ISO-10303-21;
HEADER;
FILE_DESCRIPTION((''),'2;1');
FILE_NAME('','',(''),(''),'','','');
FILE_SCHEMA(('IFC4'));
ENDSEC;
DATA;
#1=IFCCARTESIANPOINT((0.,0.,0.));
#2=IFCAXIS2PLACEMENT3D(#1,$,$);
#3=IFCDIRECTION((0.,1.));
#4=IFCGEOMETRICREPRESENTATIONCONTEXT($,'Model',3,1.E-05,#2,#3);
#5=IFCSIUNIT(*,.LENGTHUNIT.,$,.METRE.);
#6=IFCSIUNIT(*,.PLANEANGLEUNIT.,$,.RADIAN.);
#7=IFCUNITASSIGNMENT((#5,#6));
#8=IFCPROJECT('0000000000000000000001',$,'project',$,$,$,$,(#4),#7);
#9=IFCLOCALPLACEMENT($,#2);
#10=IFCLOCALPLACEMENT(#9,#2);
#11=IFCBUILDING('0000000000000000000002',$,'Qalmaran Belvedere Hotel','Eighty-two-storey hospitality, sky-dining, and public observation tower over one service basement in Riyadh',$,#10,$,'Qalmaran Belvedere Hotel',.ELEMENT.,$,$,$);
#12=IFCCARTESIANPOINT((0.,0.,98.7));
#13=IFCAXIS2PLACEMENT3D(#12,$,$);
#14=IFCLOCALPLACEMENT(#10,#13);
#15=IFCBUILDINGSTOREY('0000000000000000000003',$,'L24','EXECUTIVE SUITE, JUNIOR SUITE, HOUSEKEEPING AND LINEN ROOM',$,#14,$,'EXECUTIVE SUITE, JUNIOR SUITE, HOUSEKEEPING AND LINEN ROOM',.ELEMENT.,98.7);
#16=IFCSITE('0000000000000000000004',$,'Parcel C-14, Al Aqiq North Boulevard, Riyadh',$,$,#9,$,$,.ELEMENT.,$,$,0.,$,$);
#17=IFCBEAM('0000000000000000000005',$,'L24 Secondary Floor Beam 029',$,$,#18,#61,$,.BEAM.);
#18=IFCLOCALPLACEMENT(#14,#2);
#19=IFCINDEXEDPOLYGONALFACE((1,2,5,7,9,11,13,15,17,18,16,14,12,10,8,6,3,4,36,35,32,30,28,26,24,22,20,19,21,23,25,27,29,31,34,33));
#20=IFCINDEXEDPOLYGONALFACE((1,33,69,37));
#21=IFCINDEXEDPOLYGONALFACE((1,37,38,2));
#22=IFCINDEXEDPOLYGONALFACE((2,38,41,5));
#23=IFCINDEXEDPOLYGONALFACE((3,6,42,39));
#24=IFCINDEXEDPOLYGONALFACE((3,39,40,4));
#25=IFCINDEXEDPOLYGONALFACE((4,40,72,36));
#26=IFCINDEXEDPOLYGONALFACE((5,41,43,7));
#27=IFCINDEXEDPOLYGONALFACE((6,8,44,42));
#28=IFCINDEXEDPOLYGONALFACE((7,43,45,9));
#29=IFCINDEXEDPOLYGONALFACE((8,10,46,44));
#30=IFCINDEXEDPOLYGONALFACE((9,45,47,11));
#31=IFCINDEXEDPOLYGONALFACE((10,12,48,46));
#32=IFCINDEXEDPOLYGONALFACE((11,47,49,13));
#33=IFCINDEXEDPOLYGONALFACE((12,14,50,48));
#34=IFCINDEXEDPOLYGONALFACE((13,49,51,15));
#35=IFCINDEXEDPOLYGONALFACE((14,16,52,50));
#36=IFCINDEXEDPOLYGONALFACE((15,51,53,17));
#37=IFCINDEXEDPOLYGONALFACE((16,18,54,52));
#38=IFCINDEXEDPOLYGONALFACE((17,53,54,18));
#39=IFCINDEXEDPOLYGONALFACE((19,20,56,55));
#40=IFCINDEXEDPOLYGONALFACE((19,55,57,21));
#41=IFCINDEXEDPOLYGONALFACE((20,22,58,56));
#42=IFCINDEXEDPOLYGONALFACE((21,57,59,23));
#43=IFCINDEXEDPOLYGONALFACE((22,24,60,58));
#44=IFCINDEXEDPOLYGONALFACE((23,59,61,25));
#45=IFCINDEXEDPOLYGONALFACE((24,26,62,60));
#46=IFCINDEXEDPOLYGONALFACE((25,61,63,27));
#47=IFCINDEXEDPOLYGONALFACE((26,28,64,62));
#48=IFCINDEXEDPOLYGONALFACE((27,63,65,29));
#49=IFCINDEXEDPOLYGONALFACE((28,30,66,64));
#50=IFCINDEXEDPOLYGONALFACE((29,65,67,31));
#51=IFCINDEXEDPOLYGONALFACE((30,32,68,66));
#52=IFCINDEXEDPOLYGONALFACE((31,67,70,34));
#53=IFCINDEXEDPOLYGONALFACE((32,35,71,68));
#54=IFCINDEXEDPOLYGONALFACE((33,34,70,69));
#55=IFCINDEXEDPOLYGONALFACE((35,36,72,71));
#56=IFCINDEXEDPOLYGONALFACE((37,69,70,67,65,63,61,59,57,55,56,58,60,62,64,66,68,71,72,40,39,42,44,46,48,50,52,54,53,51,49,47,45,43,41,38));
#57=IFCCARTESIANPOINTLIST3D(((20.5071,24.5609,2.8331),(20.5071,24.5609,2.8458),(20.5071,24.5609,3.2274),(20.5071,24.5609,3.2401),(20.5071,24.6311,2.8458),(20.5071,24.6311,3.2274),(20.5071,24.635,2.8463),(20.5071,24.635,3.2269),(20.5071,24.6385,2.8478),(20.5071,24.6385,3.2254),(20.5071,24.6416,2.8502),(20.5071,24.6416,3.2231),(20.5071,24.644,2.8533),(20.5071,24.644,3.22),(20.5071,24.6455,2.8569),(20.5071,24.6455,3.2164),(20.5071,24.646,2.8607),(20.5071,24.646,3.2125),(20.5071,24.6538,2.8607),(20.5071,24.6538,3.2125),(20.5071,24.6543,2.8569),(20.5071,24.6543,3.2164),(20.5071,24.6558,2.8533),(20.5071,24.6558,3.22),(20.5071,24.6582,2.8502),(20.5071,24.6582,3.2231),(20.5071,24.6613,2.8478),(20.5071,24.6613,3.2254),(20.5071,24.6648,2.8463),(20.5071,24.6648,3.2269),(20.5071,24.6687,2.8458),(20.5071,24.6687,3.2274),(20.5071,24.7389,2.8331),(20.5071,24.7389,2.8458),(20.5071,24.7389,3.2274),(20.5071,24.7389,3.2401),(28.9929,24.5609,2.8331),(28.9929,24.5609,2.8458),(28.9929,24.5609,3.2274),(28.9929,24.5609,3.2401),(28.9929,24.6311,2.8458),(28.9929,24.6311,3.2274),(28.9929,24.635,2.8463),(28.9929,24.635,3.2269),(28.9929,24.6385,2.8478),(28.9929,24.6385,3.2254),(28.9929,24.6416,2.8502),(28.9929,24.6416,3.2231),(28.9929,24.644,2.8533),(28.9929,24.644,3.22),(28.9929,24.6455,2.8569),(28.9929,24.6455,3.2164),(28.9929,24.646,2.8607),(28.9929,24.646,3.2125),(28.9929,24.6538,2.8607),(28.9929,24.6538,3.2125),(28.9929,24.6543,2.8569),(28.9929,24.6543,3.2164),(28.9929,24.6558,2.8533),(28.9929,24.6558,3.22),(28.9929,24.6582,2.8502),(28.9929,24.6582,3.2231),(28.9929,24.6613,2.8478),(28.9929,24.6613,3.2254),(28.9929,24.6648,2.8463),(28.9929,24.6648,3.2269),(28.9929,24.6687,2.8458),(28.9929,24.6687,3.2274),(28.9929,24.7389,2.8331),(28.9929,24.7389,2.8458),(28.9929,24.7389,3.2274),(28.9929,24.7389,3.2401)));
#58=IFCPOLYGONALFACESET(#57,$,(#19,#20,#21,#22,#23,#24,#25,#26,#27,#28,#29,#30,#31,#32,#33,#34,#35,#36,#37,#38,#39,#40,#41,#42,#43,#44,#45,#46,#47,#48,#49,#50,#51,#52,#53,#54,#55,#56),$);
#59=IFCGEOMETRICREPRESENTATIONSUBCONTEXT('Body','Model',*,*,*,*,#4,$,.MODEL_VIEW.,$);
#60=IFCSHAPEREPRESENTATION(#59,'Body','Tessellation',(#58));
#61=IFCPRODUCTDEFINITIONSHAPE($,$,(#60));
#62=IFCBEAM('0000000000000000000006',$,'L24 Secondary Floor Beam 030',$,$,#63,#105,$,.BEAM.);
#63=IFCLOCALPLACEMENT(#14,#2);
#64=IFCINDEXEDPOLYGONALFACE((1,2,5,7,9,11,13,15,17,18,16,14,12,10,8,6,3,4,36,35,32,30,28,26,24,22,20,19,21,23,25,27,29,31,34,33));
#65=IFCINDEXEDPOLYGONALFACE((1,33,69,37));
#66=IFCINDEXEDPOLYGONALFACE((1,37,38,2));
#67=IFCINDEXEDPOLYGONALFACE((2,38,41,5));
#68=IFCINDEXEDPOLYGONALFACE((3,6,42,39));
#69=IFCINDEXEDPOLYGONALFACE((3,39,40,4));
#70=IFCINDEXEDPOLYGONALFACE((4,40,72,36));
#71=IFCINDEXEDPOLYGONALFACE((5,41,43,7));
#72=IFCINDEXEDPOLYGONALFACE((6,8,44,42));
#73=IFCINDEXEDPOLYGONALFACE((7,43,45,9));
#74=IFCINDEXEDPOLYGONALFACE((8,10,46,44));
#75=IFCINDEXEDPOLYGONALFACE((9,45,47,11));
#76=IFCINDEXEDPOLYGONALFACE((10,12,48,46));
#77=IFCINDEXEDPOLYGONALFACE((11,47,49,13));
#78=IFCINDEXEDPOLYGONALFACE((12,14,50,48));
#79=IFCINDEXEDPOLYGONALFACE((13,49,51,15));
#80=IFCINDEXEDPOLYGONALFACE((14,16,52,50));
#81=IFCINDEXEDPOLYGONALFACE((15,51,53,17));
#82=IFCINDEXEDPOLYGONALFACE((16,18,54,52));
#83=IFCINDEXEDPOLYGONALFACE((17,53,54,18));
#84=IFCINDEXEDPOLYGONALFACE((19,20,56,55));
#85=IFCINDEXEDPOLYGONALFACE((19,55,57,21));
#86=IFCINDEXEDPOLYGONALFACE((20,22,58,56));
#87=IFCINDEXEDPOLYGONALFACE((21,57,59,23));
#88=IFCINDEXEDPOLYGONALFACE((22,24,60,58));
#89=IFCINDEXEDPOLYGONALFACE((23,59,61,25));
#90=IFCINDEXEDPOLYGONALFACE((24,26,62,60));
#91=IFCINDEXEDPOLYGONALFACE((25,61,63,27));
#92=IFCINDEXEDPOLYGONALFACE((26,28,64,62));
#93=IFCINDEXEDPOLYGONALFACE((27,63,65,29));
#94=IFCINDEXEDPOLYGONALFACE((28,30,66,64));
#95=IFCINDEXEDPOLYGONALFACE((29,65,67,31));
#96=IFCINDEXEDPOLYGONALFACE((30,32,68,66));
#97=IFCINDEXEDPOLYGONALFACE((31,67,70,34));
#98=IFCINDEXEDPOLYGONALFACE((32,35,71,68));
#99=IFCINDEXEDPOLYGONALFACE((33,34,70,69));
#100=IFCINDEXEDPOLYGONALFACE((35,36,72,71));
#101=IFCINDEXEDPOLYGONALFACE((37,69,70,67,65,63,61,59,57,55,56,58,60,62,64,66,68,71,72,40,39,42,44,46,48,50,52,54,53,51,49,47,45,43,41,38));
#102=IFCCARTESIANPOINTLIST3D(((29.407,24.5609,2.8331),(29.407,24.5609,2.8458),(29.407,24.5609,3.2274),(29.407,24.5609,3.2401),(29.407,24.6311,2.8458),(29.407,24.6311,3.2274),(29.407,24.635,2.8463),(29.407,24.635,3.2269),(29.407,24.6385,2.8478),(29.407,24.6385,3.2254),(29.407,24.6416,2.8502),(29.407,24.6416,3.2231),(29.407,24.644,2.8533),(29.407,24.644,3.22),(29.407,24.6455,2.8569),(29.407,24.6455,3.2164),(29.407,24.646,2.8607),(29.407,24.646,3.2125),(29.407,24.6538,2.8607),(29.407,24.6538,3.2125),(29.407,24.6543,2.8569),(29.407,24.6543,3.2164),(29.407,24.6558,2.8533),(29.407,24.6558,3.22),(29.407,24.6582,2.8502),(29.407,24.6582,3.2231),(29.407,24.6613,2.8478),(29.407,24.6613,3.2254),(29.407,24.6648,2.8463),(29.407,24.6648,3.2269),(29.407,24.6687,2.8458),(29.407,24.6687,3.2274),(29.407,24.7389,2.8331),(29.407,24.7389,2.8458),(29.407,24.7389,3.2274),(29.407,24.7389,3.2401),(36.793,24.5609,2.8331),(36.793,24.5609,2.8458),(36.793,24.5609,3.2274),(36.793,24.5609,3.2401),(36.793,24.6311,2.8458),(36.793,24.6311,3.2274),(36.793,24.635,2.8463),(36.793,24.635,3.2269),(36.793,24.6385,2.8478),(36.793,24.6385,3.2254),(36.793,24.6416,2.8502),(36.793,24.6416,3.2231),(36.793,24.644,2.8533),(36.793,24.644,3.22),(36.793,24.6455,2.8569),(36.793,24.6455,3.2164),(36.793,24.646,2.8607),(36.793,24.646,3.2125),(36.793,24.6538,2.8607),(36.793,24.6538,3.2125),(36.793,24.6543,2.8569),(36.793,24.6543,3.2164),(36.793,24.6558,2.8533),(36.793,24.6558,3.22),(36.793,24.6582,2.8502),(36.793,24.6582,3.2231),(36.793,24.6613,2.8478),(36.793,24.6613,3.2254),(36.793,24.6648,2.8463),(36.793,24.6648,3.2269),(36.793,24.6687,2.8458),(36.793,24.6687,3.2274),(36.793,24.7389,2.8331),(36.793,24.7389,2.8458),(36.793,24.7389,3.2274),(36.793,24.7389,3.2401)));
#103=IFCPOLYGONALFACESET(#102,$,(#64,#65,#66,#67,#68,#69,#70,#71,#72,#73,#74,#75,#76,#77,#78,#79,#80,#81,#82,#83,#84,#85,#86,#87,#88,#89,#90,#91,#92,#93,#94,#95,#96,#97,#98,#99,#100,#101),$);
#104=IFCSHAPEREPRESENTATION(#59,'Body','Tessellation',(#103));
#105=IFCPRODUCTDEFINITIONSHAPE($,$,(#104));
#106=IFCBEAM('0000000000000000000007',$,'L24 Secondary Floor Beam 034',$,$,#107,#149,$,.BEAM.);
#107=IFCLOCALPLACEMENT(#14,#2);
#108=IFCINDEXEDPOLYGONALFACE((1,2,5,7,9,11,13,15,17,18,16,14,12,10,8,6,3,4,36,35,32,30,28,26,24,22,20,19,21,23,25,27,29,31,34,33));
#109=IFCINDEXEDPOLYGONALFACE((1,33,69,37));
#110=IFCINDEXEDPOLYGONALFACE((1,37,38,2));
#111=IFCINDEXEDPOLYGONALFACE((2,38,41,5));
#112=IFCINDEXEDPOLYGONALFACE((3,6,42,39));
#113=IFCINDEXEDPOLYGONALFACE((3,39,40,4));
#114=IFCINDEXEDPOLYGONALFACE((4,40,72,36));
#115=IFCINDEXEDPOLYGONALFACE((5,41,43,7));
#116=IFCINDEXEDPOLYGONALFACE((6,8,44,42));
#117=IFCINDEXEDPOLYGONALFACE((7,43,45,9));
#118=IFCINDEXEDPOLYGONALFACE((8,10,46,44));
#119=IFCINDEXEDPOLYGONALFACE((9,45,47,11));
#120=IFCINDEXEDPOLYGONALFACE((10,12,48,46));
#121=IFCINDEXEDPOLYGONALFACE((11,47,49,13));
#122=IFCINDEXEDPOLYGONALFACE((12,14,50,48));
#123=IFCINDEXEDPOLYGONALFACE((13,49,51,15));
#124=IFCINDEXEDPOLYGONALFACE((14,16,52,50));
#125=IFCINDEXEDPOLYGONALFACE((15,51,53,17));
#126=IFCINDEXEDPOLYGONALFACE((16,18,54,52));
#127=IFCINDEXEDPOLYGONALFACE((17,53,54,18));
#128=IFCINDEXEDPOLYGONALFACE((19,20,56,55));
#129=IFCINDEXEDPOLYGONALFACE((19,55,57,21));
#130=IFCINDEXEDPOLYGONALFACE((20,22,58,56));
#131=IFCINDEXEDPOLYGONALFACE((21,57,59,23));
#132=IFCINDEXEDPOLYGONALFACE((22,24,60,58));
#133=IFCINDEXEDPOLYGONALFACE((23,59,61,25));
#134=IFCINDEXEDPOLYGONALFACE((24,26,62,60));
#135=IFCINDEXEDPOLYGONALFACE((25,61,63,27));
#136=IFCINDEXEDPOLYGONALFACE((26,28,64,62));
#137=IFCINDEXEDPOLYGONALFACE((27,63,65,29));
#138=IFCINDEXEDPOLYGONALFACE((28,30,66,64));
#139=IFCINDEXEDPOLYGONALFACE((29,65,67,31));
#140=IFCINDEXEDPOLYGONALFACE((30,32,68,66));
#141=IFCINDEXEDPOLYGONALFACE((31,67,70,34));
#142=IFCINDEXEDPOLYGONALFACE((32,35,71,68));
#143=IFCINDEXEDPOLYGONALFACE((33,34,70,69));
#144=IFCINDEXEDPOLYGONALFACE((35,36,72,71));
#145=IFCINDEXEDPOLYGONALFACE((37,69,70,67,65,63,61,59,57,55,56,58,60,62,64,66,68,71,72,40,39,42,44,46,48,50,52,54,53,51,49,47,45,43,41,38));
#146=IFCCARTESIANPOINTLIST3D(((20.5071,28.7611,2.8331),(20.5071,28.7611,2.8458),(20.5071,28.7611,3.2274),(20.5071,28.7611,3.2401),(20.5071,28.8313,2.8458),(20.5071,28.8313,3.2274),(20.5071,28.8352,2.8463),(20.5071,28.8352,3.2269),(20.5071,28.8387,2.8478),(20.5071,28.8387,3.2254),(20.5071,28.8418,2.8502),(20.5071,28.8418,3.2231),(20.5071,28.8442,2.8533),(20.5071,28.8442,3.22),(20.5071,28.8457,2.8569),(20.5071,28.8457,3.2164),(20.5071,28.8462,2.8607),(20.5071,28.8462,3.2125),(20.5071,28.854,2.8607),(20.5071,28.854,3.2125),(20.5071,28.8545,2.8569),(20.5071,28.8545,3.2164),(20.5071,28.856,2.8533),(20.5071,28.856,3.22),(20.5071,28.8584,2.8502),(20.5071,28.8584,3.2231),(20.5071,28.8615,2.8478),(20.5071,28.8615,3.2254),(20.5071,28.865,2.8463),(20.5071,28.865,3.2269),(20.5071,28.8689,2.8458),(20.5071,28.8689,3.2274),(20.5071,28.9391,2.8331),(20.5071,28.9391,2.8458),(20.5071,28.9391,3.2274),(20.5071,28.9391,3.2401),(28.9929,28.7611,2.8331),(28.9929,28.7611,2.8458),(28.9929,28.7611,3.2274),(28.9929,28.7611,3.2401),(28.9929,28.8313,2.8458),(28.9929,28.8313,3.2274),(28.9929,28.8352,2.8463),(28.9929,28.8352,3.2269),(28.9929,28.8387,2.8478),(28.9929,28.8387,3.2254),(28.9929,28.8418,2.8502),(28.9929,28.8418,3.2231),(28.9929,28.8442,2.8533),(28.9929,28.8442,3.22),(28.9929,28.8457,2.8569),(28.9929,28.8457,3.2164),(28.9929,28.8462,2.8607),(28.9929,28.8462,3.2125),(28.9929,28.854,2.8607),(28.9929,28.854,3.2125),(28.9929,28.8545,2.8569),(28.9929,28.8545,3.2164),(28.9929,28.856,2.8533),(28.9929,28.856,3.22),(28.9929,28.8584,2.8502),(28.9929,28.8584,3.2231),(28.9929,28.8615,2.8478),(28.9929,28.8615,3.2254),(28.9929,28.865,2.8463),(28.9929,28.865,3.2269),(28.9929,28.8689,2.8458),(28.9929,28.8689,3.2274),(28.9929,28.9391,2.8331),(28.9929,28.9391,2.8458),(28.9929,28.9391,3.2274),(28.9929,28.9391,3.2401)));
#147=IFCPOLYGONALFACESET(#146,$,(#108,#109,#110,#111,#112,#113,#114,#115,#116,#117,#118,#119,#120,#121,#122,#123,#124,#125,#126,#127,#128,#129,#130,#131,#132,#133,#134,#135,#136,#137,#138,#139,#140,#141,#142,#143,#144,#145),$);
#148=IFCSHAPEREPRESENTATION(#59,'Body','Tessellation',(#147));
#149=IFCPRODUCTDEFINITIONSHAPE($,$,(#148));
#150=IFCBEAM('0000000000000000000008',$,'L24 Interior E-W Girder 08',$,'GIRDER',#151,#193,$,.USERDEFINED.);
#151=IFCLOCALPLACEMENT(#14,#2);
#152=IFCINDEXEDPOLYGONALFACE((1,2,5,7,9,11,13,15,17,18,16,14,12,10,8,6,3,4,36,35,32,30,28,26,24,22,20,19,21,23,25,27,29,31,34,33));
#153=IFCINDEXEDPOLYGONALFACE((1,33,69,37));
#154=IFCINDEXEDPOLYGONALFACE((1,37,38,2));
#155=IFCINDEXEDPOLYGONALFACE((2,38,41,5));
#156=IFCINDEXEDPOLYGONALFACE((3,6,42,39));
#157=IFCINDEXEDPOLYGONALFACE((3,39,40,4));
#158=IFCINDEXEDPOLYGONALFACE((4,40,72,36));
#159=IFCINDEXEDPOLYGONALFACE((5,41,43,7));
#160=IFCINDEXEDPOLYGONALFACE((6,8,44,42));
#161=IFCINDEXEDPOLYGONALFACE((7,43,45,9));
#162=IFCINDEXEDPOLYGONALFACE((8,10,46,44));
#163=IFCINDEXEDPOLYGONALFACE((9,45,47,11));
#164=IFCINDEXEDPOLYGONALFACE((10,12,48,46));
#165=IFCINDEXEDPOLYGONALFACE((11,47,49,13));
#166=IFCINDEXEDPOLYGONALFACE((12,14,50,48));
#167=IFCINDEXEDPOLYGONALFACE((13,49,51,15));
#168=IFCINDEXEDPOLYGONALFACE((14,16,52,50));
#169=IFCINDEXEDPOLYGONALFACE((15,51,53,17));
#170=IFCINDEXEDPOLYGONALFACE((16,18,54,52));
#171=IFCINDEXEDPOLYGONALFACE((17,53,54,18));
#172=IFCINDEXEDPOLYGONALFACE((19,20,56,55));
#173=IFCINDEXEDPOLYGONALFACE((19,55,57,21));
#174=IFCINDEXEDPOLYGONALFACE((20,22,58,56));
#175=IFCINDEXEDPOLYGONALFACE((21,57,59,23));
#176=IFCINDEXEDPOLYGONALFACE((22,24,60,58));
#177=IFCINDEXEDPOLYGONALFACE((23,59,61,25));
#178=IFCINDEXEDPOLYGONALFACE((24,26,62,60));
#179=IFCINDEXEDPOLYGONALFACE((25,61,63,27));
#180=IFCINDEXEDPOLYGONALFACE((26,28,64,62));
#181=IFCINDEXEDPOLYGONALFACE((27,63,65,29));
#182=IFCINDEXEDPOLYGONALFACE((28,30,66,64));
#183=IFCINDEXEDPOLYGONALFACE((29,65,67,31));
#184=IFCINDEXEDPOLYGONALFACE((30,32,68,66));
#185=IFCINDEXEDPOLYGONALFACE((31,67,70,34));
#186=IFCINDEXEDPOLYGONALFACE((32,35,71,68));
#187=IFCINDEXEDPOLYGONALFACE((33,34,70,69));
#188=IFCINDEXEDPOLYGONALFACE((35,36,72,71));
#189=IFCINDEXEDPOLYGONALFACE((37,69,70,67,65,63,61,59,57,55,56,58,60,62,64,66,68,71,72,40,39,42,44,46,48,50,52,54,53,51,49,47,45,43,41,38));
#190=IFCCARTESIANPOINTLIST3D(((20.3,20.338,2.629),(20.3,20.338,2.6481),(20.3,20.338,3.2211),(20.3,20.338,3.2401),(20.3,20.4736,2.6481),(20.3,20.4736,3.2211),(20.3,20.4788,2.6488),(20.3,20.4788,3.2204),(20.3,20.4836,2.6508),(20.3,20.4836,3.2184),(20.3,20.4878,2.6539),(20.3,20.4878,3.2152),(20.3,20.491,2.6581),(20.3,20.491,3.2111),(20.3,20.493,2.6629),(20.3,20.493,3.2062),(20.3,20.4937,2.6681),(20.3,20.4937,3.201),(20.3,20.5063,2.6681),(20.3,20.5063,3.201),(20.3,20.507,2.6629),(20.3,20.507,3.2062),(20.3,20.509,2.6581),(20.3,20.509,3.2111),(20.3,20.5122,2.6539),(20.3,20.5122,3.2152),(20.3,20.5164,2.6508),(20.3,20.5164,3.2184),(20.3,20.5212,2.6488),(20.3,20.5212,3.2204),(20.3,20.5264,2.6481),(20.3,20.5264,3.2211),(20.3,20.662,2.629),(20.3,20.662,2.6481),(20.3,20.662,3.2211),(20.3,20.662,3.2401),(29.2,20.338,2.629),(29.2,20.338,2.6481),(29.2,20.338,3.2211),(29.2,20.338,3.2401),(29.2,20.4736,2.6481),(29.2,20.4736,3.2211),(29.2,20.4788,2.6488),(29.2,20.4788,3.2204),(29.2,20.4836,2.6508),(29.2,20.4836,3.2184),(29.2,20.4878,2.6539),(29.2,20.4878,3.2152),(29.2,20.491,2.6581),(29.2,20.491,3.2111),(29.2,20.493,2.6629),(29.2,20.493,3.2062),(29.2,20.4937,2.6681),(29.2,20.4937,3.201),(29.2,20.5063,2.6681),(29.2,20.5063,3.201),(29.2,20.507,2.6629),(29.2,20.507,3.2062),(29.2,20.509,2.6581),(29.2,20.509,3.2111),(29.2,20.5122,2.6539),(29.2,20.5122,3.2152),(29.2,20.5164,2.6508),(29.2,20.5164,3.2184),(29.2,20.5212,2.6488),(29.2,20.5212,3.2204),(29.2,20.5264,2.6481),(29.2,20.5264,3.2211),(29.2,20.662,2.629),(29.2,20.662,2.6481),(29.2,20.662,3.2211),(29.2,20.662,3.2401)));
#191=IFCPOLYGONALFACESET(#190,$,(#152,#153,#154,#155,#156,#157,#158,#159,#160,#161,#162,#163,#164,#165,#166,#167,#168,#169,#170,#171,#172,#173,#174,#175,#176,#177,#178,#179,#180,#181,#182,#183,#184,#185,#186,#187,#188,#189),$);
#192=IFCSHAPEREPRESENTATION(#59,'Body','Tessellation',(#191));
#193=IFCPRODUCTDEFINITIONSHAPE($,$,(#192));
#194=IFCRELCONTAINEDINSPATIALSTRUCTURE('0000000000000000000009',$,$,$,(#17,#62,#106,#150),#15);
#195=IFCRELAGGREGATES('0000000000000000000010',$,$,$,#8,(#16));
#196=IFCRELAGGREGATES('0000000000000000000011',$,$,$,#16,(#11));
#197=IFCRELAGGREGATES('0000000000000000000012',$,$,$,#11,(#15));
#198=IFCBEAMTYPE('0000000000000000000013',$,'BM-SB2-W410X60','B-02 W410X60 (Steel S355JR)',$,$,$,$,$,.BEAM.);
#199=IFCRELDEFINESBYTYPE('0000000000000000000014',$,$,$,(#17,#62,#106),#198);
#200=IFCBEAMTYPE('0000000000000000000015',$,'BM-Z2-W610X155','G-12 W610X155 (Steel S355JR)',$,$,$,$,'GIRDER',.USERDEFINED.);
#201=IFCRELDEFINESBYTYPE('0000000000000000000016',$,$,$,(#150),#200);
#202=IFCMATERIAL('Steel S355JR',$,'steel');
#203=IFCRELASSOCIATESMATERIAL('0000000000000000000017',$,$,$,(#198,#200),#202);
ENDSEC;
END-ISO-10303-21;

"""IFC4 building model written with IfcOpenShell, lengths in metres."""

from ifc_helpers import new_model, si_unit, direction, frame, origin, origin_2d, place, context, subcontext, project, spatial, i_section, extrude, material, material_profile, profile_set, type_object, element, save


model = new_model("IFC4")

# Units and contexts
model_context = context("Model", 3, precision=1e-05, world=origin(), true_north=direction((0.0, 1.0)))
body_context = subcontext(model_context, "Body", "Model", "MODEL_VIEW")
ifc_project = project(units=[si_unit("LENGTHUNIT", "METRE"), si_unit("PLANEANGLEUNIT", "RADIAN")], contexts=[model_context])

# Site, building, storey
site_placement = place(None, origin())
site = spatial("IfcSite", under=ifc_project, at=site_placement, Name="Parcel C-14, Al Aqiq North Boulevard, Riyadh", CompositionType="ELEMENT", RefElevation=0.0)
building_placement = place(site_placement, origin())
building = spatial("IfcBuilding", under=site, at=building_placement, Name="Qalmaran Belvedere Hotel", Description="Eighty-two-storey hospitality, sky-dining, and public observation tower over one service basement in Riyadh", LongName="Qalmaran Belvedere Hotel", CompositionType="ELEMENT")
storey_placement = place(building_placement, frame((0.0, 0.0, 98.7)))
storey = spatial("IfcBuildingStorey", under=building, at=storey_placement, Name="L24", Description="EXECUTIVE SUITE, JUNIOR SUITE, HOUSEKEEPING AND LINEN ROOM", LongName="EXECUTIVE SUITE, JUNIOR SUITE, HOUSEKEEPING AND LINEN ROOM", CompositionType="ELEMENT", Elevation=98.7)

# Beams
ifc_material_1 = material(Name="Steel S355JR", Category="steel")
ifc_material_profile_1 = material_profile(ifc_material_1, i_section(OverallWidth=0.178, OverallDepth=0.407, WebThickness=0.0078, FlangeThickness=0.0127, FilletRadius=0.0149, at=origin_2d()), Name="W410X60")
ifc_profile_set_1 = profile_set([ifc_material_profile_1], Name="Steel S355JR")
beam_type_1 = type_object("IfcBeamType", Name="BM-SB2-W410X60", Description="B-02 W410X60 (Steel S355JR)", PredefinedType="BEAM", material=ifc_profile_set_1)
beam_1_placement = place(storey_placement, frame((20.5071, 24.6499, 3.0366), z_axis=(1.0, 0.0, 0.0), x_axis=(0.0, 1.0, 0.0)))
element("IfcBeam", 1, at=beam_1_placement, inside=storey, type_object=beam_type_1, Name="L24 Secondary Floor Beam 029", PredefinedType="BEAM", context=body_context, shape_type="SweptSolid", body=[
    extrude(i_section(OverallWidth=0.178, OverallDepth=0.407, WebThickness=0.0078, FlangeThickness=0.0127, FilletRadius=0.0149, at=origin_2d()), origin(), (0.0, 0.0, 1.0), 8.4858),
])
beam_2_placement = place(storey_placement, frame((29.407, 24.6499, 3.0366), z_axis=(1.0, 0.0, 0.0), x_axis=(0.0, 1.0, 0.0)))
element("IfcBeam", 2, at=beam_2_placement, inside=storey, type_object=beam_type_1, Name="L24 Secondary Floor Beam 030", PredefinedType="BEAM", context=body_context, shape_type="SweptSolid", body=[
    extrude(i_section(OverallWidth=0.178, OverallDepth=0.407, WebThickness=0.0078, FlangeThickness=0.0127, FilletRadius=0.0149, at=origin_2d()), origin(), (0.0, 0.0, 1.0), 7.386),
])
beam_3_placement = place(storey_placement, frame((20.5071, 28.8501, 3.0366), z_axis=(1.0, 0.0, 0.0), x_axis=(0.0, 1.0, 0.0)))
element("IfcBeam", 3, at=beam_3_placement, inside=storey, type_object=beam_type_1, Name="L24 Secondary Floor Beam 034", PredefinedType="BEAM", context=body_context, shape_type="SweptSolid", body=[
    extrude(i_section(OverallWidth=0.178, OverallDepth=0.407, WebThickness=0.0078, FlangeThickness=0.0127, FilletRadius=0.0149, at=origin_2d()), origin(), (0.0, 0.0, 1.0), 8.4858),
])
ifc_material_profile_2 = material_profile(ifc_material_1, i_section(OverallWidth=0.324, OverallDepth=0.6111, WebThickness=0.0127, FlangeThickness=0.019, FilletRadius=0.02, at=origin_2d()), Name="W610X155")
ifc_profile_set_2 = profile_set([ifc_material_profile_2], Name="Steel S355JR")
beam_type_2 = type_object("IfcBeamType", Name="BM-Z2-W610X155", Description="G-12 W610X155 (Steel S355JR)", ElementType="GIRDER", PredefinedType="USERDEFINED", material=ifc_profile_set_2)
beam_4_placement = place(storey_placement, frame((20.3, 20.5, 2.9346), z_axis=(1.0, 0.0, 0.0), x_axis=(0.0, 1.0, 0.0)))
element("IfcBeam", 4, at=beam_4_placement, inside=storey, type_object=beam_type_2, Name="L24 Interior E-W Girder 08", ObjectType="GIRDER", PredefinedType="USERDEFINED", context=body_context, shape_type="SweptSolid", body=[
    extrude(i_section(OverallWidth=0.324, OverallDepth=0.6111, WebThickness=0.0127, FlangeThickness=0.019, FilletRadius=0.02, at=origin_2d()), origin(), (0.0, 0.0, 1.0), 8.8999),
])

save(model, "model.ifc")
